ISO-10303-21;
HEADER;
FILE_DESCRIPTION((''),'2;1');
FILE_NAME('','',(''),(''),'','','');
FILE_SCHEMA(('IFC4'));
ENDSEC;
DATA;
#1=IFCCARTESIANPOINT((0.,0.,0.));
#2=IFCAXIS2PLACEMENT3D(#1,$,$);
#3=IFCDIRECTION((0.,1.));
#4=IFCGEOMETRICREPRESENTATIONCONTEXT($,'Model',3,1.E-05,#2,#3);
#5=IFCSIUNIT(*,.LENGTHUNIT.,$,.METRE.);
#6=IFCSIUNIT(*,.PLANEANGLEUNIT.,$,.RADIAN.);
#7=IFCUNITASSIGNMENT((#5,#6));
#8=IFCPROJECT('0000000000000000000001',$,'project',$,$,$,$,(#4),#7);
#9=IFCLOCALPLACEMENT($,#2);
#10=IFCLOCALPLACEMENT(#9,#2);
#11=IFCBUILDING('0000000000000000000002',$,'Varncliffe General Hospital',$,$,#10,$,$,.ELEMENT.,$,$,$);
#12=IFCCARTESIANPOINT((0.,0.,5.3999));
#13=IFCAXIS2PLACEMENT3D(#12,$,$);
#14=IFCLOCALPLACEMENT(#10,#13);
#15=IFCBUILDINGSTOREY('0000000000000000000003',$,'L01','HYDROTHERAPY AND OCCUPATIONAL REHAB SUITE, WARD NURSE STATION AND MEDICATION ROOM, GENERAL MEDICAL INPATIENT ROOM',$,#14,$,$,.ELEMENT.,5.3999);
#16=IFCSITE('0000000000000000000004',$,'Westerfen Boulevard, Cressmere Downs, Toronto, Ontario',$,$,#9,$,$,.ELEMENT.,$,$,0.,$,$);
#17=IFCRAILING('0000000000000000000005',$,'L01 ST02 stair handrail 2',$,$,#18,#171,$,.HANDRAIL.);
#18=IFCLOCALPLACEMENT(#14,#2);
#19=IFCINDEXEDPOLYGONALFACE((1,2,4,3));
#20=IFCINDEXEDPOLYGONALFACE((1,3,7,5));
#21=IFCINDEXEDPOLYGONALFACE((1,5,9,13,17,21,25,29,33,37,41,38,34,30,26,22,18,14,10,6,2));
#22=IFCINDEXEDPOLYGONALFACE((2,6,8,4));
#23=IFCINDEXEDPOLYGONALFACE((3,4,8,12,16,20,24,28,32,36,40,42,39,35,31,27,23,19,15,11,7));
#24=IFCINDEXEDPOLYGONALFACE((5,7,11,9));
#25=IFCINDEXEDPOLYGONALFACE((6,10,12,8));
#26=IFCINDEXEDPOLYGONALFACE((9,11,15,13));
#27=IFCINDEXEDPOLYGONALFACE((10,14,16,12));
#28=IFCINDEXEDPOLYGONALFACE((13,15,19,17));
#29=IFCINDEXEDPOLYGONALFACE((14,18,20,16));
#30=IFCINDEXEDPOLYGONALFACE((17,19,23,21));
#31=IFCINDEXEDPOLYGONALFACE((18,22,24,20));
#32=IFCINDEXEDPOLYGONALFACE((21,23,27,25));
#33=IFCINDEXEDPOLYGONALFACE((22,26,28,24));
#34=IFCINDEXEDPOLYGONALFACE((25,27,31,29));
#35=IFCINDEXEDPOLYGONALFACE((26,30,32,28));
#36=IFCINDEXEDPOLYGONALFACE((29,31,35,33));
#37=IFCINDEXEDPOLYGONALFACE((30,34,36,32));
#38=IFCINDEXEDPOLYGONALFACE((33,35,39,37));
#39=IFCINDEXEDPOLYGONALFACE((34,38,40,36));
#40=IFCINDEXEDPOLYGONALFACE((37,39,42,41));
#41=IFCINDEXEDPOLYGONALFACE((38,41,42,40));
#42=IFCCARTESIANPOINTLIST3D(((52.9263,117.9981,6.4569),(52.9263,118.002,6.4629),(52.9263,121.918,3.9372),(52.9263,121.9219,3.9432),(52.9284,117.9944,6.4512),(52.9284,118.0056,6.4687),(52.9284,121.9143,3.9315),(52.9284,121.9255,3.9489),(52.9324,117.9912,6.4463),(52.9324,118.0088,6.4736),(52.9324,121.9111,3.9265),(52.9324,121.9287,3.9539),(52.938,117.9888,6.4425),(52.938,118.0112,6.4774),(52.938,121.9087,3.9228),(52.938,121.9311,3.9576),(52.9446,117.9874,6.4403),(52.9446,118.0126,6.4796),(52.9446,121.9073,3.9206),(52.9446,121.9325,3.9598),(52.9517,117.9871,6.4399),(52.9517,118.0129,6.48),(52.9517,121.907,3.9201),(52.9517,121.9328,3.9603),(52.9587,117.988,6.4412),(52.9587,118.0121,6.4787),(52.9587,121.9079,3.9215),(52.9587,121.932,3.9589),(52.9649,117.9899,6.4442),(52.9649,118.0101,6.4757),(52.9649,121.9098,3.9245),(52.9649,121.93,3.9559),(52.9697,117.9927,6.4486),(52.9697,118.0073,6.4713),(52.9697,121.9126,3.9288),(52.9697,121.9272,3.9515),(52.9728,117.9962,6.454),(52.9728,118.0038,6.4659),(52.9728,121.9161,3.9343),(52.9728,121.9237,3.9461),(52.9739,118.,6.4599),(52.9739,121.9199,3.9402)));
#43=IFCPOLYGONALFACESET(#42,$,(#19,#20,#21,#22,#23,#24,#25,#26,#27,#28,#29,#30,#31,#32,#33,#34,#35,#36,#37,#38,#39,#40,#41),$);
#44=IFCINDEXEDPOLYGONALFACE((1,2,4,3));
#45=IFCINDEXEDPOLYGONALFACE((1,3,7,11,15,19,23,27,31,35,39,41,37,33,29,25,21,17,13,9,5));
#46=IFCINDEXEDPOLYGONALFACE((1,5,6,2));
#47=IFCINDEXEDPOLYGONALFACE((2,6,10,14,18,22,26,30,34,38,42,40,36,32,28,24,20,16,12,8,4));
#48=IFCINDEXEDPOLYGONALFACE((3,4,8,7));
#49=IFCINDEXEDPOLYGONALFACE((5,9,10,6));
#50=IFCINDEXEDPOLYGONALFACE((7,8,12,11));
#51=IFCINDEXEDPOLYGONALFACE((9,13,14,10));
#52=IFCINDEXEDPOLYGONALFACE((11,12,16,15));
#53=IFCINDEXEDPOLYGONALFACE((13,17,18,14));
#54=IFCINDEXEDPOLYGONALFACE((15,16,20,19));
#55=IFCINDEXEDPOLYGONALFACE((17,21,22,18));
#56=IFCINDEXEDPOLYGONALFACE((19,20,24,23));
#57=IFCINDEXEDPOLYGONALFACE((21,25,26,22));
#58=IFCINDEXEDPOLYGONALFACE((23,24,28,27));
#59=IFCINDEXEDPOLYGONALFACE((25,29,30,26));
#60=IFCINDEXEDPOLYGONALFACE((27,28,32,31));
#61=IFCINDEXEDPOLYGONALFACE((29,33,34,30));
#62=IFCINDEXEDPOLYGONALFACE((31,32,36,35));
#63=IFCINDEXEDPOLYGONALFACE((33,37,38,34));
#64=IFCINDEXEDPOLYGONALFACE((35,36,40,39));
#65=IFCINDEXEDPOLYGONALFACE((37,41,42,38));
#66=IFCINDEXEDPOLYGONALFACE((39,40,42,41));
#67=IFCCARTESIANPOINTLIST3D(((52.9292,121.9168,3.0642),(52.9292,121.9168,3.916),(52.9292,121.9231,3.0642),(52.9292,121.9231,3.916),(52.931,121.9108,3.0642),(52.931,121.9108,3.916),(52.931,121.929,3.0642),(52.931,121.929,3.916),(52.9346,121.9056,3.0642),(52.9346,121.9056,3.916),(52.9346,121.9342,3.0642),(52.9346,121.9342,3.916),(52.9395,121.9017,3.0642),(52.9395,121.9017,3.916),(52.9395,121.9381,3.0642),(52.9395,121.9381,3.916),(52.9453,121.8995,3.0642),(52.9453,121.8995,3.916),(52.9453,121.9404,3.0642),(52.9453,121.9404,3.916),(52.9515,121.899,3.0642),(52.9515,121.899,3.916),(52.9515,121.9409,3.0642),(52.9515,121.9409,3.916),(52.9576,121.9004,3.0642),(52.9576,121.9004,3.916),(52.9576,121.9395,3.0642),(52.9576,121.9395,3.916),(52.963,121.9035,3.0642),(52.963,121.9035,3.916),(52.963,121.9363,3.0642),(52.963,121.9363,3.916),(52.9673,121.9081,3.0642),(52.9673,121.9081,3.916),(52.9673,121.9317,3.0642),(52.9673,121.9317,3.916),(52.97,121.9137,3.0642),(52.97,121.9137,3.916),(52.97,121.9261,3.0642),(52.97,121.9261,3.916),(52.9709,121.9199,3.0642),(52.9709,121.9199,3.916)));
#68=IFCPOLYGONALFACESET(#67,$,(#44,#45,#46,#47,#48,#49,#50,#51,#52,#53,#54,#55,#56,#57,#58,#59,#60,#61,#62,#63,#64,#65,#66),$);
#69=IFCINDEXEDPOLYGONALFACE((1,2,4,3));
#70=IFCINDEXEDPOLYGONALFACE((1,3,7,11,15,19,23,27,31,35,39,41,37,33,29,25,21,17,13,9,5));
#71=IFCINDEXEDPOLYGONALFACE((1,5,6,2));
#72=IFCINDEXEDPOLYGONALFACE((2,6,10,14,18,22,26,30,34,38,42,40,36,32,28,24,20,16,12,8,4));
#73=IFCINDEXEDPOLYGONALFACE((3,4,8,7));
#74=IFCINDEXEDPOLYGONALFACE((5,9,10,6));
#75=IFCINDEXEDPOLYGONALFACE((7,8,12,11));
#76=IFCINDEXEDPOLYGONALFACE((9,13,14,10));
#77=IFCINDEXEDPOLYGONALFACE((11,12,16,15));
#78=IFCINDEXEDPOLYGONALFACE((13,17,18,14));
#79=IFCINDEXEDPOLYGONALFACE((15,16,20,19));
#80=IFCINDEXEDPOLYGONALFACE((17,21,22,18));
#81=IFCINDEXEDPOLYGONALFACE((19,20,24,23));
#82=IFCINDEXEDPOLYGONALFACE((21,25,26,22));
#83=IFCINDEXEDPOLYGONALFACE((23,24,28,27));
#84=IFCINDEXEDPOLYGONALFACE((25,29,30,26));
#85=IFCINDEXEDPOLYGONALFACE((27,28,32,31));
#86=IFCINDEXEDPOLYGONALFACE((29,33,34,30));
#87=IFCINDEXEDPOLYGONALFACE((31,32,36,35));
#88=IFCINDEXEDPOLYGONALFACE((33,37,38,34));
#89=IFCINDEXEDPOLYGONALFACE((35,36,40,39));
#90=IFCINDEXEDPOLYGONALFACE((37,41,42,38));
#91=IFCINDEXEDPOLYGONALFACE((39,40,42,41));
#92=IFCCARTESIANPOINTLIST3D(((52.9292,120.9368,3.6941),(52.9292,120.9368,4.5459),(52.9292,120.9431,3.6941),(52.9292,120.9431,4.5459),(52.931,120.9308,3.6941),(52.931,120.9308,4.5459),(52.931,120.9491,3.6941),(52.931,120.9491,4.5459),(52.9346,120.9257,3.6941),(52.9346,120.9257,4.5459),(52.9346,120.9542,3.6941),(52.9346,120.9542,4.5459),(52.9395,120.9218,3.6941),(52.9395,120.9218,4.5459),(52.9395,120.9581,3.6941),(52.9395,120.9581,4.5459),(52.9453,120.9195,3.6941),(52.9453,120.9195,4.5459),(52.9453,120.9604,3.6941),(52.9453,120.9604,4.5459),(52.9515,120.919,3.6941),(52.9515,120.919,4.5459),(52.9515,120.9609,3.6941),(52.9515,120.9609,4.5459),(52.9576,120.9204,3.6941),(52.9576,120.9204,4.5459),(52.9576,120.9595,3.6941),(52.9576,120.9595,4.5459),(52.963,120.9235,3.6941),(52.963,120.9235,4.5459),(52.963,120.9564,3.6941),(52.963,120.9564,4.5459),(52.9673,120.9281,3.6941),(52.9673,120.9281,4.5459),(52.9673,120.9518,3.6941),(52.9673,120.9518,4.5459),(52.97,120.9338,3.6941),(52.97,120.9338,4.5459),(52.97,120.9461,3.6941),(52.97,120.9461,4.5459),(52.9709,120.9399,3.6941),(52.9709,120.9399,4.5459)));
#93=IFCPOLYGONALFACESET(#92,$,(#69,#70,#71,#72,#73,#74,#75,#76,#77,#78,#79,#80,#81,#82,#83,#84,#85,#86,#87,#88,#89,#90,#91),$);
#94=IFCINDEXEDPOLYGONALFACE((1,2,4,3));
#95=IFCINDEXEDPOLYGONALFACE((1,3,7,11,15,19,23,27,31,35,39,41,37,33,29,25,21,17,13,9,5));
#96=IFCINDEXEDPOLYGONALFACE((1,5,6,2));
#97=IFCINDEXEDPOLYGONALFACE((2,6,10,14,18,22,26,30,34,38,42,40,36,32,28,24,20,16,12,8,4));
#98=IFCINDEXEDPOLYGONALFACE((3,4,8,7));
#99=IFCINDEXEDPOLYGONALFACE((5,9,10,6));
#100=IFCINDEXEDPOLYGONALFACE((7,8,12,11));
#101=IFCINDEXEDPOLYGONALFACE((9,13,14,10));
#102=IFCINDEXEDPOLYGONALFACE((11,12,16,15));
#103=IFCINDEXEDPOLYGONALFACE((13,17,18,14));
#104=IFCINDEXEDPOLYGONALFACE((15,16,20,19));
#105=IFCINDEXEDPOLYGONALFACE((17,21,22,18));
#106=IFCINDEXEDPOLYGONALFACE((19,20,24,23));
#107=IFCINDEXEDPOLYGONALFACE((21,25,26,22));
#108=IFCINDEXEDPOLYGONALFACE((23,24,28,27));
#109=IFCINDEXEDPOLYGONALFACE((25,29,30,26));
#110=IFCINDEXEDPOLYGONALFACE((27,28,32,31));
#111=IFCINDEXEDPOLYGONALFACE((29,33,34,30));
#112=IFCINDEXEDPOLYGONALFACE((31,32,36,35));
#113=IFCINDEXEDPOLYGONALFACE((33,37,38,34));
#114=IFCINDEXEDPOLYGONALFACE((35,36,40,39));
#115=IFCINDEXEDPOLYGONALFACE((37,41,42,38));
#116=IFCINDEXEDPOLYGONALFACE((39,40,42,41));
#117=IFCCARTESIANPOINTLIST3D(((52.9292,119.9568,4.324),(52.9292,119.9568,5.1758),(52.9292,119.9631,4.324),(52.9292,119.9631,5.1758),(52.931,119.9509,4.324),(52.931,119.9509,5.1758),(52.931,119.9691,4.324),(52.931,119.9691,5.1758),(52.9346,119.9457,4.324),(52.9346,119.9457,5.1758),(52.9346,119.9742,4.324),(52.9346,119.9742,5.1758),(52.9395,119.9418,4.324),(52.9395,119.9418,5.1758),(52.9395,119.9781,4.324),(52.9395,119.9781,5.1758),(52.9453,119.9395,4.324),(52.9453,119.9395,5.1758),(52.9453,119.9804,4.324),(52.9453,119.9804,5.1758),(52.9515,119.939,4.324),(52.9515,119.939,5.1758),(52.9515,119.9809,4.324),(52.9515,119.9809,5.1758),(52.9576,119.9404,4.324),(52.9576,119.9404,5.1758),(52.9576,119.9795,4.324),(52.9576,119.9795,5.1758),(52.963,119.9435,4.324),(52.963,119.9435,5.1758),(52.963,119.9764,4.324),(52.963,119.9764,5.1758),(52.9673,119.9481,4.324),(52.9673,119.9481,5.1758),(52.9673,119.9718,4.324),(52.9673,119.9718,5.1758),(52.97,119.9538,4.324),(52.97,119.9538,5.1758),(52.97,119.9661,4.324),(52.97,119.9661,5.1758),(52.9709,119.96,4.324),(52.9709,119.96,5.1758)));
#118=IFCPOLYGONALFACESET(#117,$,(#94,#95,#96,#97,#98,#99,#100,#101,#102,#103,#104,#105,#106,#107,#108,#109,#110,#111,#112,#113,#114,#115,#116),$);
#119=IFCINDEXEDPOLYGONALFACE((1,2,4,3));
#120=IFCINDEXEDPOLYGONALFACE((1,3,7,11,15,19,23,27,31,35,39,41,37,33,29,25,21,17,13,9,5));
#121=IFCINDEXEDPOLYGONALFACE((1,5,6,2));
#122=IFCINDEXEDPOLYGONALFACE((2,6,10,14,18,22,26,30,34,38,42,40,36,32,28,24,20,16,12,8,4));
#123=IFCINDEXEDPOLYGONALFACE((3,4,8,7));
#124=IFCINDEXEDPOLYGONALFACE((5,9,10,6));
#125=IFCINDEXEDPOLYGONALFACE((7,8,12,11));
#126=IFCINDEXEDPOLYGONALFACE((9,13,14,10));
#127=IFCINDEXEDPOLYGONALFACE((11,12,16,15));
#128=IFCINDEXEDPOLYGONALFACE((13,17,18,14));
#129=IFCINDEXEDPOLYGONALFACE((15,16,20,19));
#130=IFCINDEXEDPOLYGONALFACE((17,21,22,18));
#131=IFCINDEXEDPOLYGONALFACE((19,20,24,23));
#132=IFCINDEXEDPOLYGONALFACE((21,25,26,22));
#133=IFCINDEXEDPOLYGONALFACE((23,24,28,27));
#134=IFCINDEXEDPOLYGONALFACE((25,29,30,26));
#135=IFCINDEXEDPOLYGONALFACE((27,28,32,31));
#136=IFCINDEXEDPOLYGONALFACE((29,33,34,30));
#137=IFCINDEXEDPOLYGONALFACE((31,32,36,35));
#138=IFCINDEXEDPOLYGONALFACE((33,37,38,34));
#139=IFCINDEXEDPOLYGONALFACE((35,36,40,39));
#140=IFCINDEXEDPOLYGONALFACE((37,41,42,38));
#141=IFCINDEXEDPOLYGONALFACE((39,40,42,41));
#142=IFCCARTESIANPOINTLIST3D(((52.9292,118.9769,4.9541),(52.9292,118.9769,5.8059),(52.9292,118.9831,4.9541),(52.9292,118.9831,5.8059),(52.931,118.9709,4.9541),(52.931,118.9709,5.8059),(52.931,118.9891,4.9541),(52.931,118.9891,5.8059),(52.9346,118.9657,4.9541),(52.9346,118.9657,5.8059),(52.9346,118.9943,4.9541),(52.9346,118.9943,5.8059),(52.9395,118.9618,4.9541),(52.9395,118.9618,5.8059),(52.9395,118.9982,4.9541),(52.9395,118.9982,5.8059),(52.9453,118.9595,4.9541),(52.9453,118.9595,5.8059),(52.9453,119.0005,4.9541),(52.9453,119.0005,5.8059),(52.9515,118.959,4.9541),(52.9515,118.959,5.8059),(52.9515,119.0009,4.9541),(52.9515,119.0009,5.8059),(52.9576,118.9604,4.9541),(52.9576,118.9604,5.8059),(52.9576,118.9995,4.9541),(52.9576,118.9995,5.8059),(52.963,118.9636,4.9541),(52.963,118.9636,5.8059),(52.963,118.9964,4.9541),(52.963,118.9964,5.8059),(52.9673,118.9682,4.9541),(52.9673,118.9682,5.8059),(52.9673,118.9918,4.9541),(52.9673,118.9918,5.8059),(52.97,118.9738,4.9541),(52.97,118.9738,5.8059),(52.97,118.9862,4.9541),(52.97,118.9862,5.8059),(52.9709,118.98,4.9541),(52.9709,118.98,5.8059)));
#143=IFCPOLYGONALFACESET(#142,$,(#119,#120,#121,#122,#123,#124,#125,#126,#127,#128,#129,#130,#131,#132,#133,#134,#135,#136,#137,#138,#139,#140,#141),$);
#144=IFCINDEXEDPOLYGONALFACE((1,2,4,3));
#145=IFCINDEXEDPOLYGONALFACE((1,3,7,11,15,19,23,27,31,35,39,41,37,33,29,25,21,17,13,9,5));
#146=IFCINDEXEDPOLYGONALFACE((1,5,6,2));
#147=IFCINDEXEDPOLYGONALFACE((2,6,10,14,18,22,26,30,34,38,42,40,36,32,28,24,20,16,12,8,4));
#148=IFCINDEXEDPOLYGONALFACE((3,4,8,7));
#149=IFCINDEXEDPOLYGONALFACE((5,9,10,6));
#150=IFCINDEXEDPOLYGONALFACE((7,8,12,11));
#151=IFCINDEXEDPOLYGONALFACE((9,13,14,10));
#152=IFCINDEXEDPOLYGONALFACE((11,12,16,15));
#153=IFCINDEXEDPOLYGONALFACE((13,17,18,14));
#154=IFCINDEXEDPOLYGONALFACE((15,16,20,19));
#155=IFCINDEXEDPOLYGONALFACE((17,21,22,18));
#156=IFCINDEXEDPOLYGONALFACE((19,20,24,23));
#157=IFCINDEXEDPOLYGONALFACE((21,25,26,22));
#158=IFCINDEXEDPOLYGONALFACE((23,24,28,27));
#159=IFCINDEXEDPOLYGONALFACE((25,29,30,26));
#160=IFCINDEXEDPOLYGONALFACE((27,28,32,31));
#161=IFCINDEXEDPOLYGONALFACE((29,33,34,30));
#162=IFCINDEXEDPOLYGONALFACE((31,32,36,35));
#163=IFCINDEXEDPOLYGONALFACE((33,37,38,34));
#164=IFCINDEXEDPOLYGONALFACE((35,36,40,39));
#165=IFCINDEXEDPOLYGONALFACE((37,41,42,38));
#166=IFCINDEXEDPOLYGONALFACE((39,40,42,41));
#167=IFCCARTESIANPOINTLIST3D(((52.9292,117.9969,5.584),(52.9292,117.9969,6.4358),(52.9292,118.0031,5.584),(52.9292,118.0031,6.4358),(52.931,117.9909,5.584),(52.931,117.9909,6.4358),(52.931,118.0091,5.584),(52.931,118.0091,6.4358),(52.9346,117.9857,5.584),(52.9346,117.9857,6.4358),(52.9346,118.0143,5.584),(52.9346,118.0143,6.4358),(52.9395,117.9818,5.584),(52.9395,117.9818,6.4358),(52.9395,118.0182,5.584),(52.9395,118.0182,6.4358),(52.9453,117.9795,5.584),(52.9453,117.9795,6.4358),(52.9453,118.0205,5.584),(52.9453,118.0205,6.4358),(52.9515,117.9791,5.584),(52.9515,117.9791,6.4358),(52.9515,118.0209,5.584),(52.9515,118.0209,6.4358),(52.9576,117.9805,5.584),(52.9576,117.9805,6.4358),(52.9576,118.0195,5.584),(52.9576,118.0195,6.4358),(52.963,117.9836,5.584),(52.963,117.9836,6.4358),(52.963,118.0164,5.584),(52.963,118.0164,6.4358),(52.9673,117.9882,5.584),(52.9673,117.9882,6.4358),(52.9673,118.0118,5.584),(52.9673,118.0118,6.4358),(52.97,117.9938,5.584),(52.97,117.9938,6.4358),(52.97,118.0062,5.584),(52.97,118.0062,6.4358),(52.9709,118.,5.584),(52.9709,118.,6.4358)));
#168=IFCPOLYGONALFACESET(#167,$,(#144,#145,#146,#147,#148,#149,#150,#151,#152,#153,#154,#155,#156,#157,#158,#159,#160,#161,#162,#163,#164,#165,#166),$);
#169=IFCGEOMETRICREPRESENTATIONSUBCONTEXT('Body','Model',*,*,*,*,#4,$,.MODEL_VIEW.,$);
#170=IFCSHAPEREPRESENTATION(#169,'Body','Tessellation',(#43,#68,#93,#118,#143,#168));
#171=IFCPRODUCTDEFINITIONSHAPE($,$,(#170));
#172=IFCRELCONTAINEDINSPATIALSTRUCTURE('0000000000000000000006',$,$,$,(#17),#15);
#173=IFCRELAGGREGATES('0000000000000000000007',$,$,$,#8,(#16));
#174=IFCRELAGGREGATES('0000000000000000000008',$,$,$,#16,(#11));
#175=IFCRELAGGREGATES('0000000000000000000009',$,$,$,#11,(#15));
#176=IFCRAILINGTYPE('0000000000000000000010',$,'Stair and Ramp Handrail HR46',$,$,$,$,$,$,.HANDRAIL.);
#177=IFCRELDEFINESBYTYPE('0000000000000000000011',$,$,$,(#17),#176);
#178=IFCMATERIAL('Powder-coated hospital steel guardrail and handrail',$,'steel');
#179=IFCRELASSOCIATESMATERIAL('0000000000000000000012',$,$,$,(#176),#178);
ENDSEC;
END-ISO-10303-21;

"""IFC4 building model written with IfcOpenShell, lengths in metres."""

from ifc_helpers import new_model, si_unit, direction, frame, origin, origin_2d, place, context, subcontext, project, spatial, circle, extrude, material, type_object, element, save


model = new_model("IFC4")

# Units and contexts
model_context = context("Model", 3, precision=1e-05, world=origin(), true_north=direction((0.0, 1.0)))
body_context = subcontext(model_context, "Body", "Model", "MODEL_VIEW")
ifc_project = project(units=[si_unit("LENGTHUNIT", "METRE"), si_unit("PLANEANGLEUNIT", "RADIAN")], contexts=[model_context])

# Site, building, storey
site_placement = place(None, origin())
site = spatial("IfcSite", under=ifc_project, at=site_placement, Name="Westerfen Boulevard, Cressmere Downs, Toronto, Ontario", CompositionType="ELEMENT", RefElevation=0.0)
building_placement = place(site_placement, origin())
building = spatial("IfcBuilding", under=site, at=building_placement, Name="Varncliffe General Hospital", CompositionType="ELEMENT")
storey_placement = place(building_placement, frame((0.0, 0.0, 5.3999)))
storey = spatial("IfcBuildingStorey", under=building, at=storey_placement, Name="L01", Description="HYDROTHERAPY AND OCCUPATIONAL REHAB SUITE, WARD NURSE STATION AND MEDICATION ROOM, GENERAL MEDICAL INPATIENT ROOM", CompositionType="ELEMENT", Elevation=5.3999)

# Railing
ifc_material_1 = material(Name="Powder-coated hospital steel guardrail and handrail", Category="steel")
railing_type_1 = type_object("IfcRailingType", Name="Stair and Ramp Handrail HR46", PredefinedType="HANDRAIL", material=ifc_material_1)
railing_1_placement = place(storey_placement, frame((52.95, 121.9199, 3.0642)))
element("IfcRailing", 1, at=railing_1_placement, inside=storey, type_object=railing_type_1, Name="L01 ST02 stair handrail 2", PredefinedType="HANDRAIL", context=body_context, shape_type="SweptSolid", body=[
    extrude(circle(Radius=0.0239, at=origin_2d()), frame((0.0, 0.0, 0.876), z_axis=(0.0, -0.841195, 0.540731), x_axis=(1.0, 0.0, 0.0)), (0.0, 0.0, 1.0), 4.6599),
    extrude(circle(Radius=0.021, at=origin_2d()), origin(), (0.0, 0.0, 1.0), 0.8518),
    extrude(circle(Radius=0.021, at=origin_2d()), frame((0.0, -0.98, 0.6299)), (0.0, 0.0, 1.0), 0.8518),
    extrude(circle(Radius=0.021, at=origin_2d()), frame((0.0, -1.96, 1.2598)), (0.0, 0.0, 1.0), 0.8518),
    extrude(circle(Radius=0.021, at=origin_2d()), frame((0.0, -2.9399, 1.8899)), (0.0, 0.0, 1.0), 0.8518),
    extrude(circle(Radius=0.021, at=origin_2d()), frame((0.0, -3.9199, 2.5198)), (0.0, 0.0, 1.0), 0.8518),
])

save(model, "model.ifc")
